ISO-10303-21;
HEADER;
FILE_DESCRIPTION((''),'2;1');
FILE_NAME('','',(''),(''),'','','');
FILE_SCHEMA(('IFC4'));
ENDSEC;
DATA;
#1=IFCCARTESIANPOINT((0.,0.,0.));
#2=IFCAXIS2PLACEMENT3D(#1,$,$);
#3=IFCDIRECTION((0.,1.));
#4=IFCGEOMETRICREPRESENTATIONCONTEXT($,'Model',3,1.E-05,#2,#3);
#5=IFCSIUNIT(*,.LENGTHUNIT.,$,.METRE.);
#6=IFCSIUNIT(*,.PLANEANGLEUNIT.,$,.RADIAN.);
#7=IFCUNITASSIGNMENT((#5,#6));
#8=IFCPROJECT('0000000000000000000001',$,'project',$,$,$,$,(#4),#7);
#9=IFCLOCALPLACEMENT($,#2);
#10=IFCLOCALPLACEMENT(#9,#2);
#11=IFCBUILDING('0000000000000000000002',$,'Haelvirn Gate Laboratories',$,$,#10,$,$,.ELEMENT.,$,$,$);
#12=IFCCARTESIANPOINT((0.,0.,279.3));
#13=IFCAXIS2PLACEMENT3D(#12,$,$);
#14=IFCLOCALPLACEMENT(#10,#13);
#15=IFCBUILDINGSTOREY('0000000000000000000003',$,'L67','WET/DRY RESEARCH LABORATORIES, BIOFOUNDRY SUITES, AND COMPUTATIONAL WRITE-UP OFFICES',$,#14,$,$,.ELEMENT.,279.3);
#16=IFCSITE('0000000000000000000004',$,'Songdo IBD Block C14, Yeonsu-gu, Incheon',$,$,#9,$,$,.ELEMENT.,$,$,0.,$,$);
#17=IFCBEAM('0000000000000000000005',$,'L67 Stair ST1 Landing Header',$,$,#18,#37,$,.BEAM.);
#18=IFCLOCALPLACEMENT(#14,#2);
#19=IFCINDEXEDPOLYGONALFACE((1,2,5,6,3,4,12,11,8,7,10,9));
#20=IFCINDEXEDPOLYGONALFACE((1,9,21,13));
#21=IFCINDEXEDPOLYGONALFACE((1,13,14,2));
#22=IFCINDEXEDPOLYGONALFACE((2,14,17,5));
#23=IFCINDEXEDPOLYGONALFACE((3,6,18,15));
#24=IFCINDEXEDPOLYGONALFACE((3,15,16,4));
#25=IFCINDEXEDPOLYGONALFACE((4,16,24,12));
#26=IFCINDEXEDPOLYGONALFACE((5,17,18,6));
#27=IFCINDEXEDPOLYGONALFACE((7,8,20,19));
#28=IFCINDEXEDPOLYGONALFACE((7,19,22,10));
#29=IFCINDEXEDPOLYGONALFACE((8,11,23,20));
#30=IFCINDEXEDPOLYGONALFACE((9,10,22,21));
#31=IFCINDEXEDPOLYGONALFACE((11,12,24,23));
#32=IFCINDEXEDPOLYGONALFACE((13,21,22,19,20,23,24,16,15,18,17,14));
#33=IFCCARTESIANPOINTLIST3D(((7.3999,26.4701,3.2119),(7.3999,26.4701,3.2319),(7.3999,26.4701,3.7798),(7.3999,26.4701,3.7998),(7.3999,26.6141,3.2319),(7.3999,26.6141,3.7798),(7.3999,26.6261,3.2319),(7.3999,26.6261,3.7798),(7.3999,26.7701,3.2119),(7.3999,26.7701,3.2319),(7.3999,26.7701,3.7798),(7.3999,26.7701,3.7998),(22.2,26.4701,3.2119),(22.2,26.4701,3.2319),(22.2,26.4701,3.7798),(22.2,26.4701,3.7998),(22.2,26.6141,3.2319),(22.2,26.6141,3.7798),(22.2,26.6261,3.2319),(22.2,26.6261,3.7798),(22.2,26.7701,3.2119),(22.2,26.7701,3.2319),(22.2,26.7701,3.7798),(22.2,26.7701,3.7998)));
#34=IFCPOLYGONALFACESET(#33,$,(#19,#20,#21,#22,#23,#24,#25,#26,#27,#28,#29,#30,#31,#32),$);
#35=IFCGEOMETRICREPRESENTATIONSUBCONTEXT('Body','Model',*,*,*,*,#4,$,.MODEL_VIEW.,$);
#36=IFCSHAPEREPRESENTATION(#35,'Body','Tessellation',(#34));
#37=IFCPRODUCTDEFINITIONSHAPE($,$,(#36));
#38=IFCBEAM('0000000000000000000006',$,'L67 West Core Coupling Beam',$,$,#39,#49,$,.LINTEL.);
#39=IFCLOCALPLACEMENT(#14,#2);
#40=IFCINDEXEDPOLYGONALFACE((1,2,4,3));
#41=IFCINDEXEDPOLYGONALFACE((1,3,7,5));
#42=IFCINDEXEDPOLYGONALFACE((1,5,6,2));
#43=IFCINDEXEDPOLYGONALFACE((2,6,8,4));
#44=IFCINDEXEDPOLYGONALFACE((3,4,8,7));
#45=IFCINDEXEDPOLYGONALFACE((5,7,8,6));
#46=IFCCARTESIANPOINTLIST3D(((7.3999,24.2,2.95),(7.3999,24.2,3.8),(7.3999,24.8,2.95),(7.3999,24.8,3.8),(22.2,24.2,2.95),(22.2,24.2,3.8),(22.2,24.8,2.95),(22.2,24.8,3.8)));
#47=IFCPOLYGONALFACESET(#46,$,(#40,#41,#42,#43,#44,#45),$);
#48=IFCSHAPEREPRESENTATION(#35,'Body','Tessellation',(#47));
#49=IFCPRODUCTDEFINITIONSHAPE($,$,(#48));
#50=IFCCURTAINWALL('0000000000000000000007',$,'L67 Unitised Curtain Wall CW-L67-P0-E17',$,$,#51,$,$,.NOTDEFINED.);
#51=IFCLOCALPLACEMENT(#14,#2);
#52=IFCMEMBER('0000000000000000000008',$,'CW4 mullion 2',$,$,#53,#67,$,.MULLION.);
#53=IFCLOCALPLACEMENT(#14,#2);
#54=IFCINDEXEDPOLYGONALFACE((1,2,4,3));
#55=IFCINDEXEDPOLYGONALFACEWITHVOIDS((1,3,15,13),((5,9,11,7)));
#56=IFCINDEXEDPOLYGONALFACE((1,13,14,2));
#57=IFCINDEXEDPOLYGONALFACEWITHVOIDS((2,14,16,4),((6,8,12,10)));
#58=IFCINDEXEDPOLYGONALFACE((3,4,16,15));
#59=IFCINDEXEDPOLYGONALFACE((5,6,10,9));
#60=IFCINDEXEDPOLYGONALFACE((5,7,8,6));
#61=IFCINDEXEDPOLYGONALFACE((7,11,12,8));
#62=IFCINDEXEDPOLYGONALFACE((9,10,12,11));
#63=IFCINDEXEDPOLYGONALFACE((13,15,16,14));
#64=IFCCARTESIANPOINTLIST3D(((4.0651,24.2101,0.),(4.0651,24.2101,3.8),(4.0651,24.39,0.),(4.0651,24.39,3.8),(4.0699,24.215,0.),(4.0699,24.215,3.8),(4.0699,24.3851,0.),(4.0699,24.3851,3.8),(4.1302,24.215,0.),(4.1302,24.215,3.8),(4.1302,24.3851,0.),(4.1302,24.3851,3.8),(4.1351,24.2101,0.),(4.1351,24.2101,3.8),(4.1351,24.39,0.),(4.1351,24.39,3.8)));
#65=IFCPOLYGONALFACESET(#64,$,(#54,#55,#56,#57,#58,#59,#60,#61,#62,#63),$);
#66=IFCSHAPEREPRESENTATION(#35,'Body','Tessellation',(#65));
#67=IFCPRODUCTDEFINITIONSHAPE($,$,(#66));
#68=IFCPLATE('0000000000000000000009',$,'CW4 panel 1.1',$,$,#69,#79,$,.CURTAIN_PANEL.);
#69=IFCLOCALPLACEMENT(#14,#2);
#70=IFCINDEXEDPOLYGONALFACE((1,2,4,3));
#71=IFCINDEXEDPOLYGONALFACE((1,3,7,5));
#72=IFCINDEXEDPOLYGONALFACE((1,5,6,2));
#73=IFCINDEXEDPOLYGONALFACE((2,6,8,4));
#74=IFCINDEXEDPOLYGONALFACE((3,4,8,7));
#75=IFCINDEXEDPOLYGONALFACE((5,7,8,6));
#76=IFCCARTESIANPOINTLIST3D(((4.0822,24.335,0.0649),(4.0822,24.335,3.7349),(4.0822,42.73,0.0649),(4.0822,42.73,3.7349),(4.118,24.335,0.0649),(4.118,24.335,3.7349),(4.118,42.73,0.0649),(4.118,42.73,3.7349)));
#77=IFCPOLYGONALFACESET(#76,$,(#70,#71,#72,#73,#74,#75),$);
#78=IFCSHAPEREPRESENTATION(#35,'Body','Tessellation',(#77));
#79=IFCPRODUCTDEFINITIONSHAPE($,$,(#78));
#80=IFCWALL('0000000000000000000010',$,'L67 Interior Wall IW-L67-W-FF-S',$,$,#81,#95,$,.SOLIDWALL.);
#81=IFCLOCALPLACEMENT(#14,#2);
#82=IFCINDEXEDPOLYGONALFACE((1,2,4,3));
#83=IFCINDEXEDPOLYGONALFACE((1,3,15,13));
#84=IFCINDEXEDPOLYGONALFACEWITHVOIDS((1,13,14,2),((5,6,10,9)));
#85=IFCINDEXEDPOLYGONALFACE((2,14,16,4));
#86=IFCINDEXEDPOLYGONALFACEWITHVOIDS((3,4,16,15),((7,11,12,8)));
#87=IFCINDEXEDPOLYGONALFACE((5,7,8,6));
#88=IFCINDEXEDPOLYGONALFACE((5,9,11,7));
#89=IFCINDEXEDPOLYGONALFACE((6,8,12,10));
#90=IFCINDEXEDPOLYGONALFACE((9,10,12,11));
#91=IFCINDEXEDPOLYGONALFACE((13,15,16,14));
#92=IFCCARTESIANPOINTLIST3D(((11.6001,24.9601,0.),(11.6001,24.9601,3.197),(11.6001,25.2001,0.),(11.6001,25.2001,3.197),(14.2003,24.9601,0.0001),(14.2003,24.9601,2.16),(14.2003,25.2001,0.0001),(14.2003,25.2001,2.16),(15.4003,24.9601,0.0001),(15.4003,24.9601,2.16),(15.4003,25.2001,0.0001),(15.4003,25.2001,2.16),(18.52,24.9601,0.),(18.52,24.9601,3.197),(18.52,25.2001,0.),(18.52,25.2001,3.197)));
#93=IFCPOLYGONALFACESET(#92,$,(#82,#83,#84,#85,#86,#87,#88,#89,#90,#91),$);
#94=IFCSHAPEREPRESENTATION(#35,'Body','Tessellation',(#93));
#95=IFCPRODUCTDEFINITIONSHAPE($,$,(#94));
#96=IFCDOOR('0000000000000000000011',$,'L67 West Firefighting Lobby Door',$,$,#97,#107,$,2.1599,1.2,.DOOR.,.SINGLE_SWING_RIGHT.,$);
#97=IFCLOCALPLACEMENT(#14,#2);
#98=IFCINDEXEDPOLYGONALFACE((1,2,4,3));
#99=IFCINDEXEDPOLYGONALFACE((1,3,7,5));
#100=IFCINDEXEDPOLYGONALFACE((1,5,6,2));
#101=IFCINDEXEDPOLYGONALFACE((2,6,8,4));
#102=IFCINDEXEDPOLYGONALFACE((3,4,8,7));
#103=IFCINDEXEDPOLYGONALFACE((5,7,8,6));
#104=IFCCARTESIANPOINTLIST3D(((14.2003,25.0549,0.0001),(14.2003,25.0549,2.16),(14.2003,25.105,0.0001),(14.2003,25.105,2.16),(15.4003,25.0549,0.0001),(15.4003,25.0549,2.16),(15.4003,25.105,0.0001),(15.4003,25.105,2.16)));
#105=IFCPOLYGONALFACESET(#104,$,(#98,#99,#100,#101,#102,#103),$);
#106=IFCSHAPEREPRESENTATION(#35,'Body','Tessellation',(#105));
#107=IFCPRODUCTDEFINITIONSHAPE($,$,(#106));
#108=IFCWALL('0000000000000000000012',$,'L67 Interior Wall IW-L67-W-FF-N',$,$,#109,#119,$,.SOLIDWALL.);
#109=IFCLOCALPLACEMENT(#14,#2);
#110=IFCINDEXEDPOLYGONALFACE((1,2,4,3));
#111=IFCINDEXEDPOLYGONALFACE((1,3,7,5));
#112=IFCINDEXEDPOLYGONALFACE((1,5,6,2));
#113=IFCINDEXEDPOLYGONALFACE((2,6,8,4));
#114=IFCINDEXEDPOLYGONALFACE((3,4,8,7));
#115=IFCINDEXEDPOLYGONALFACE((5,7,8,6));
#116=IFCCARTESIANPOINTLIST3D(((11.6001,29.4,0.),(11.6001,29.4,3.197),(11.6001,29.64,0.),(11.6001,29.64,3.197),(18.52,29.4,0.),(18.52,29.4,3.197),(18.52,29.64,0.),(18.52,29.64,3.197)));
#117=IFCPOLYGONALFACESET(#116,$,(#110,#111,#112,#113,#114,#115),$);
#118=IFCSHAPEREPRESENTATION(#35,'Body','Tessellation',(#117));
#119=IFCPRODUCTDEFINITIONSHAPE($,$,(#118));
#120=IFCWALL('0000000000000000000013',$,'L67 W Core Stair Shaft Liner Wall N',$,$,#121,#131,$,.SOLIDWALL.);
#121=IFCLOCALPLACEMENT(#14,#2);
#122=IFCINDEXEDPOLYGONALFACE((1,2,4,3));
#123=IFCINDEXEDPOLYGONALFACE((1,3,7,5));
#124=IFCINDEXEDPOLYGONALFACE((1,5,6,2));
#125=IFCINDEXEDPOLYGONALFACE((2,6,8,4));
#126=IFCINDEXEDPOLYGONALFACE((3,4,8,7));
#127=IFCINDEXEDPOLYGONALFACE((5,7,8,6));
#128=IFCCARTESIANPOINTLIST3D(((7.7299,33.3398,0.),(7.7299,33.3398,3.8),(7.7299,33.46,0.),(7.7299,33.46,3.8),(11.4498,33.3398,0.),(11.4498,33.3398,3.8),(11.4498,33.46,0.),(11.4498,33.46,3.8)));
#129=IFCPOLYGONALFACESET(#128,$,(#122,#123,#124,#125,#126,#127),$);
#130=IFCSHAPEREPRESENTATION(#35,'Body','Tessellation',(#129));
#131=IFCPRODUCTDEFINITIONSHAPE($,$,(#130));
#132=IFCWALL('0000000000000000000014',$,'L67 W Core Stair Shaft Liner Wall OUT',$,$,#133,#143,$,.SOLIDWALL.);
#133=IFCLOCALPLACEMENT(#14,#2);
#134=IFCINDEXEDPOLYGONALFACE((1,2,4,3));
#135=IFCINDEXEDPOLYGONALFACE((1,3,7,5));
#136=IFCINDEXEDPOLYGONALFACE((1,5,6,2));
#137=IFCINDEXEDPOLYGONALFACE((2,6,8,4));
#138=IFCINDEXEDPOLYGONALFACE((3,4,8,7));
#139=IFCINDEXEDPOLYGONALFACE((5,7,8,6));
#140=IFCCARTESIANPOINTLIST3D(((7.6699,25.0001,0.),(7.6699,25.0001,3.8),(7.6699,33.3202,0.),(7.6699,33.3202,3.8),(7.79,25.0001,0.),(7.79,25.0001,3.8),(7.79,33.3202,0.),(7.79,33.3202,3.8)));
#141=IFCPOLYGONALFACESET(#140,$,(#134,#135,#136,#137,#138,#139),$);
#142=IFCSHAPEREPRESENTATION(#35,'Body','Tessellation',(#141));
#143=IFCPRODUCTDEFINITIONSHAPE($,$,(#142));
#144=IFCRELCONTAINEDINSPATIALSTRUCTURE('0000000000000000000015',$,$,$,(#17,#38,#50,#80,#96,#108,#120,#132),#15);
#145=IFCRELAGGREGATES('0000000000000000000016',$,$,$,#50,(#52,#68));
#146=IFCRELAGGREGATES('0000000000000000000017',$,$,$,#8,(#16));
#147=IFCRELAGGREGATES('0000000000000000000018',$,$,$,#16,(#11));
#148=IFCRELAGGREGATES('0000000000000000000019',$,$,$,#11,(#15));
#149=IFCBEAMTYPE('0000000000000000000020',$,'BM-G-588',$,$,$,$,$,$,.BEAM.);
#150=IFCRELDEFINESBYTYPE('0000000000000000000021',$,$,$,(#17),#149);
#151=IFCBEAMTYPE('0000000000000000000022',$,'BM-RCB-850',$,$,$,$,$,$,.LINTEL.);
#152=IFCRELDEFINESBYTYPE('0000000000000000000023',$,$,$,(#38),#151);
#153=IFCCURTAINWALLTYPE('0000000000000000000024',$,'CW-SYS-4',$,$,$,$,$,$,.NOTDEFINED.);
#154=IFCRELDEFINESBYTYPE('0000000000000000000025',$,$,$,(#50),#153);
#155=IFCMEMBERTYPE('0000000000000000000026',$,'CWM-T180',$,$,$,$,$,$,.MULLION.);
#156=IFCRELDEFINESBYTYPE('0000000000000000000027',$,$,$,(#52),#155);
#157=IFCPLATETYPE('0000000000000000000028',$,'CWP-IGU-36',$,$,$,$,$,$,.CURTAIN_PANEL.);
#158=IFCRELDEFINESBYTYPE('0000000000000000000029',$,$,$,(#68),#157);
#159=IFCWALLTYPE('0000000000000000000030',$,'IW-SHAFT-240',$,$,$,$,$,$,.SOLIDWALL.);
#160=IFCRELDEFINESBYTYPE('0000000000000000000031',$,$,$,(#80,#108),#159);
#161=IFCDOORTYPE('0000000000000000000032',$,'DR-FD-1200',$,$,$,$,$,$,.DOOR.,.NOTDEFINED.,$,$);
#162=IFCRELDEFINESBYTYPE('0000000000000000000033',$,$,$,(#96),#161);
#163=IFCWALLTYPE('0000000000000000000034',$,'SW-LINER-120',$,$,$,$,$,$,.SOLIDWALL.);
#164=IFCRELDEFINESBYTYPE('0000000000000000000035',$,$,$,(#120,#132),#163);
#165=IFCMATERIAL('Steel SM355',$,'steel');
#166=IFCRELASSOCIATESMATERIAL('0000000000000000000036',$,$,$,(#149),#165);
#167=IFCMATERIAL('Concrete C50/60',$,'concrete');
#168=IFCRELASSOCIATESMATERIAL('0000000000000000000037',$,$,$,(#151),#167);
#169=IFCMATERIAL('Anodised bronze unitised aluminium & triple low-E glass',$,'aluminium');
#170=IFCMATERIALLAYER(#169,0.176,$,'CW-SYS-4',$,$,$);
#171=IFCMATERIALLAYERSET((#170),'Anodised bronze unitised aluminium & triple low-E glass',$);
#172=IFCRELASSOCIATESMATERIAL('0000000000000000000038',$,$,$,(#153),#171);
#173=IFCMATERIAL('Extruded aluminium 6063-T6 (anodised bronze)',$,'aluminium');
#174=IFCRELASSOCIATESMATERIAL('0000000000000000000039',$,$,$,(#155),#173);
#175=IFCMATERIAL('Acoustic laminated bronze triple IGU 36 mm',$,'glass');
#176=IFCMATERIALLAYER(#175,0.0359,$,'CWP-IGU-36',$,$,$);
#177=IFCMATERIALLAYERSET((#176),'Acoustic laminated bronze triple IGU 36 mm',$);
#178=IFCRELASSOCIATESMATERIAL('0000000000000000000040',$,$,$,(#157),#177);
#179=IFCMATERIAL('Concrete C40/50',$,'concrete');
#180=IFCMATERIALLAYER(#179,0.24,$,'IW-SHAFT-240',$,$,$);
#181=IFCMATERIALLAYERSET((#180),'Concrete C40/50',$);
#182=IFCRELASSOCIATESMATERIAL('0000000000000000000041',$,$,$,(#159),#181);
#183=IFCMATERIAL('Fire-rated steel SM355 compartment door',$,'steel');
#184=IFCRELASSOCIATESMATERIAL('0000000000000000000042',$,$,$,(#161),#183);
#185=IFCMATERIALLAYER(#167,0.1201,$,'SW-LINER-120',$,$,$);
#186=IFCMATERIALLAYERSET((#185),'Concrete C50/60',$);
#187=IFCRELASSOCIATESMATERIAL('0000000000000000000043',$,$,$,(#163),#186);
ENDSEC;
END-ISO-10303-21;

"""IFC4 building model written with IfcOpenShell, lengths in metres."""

from ifc_helpers import new_model, si_unit, direction, frame, frame_2d, origin, origin_2d, place, context, subcontext, project, spatial, rectangle, hollow_rectangle, i_section, extrude, source, transform, mapped, material, layer, layer_set, material_profile, profile_set, type_object, type_shapes, element, fill, aggregate, save


model = new_model("IFC4")

# Units and contexts
model_context = context("Model", 3, precision=1e-05, world=origin(), true_north=direction((0.0, 1.0)))
body_context = subcontext(model_context, "Body", "Model", "MODEL_VIEW")
ifc_project = project(units=[si_unit("LENGTHUNIT", "METRE"), si_unit("PLANEANGLEUNIT", "RADIAN")], contexts=[model_context])

# Site, building, storey
site_placement = place(None, origin())
site = spatial("IfcSite", under=ifc_project, at=site_placement, Name="Songdo IBD Block C14, Yeonsu-gu, Incheon", CompositionType="ELEMENT", RefElevation=0.0)
building_placement = place(site_placement, origin())
building = spatial("IfcBuilding", under=site, at=building_placement, Name="Haelvirn Gate Laboratories", CompositionType="ELEMENT")
storey_placement = place(building_placement, frame((0.0, 0.0, 279.3)))
storey = spatial("IfcBuildingStorey", under=building, at=storey_placement, Name="L67", Description="WET/DRY RESEARCH LABORATORIES, BIOFOUNDRY SUITES, AND COMPUTATIONAL WRITE-UP OFFICES", CompositionType="ELEMENT", Elevation=279.3)

# Beams
ifc_material_1 = material(Name="Steel SM355", Category="steel")
ifc_material_profile_1 = material_profile(ifc_material_1, i_section(OverallWidth=0.3, OverallDepth=0.5879, WebThickness=0.012, FlangeThickness=0.02, at=origin_2d()), Name="H-588x300x12x20")
ifc_profile_set_1 = profile_set([ifc_material_profile_1], Name="Steel SM355")
beam_type_1 = type_object("IfcBeamType", Name="BM-G-588", PredefinedType="BEAM", material=ifc_profile_set_1)
shared_shape_1 = source(origin(), body_context, "Body", "SweptSolid", [
    extrude(i_section(OverallWidth=0.3, OverallDepth=0.5879, WebThickness=0.012, FlangeThickness=0.02, at=origin_2d()), origin(), (0.0, 0.0, 1.0), 14.8),
])
type_shapes(beam_type_1, [shared_shape_1])
beam_1_placement = place(storey_placement, frame((7.3999, 26.6201, 3.5059), z_axis=(1.0, 0.0, 0.0), x_axis=(0.0, 1.0, 0.0)))
element("IfcBeam", 1, at=beam_1_placement, inside=storey, type_object=beam_type_1, Name="L67 Stair ST1 Landing Header", PredefinedType="BEAM", context=body_context, shape_type="MappedRepresentation", body=[
    mapped(shared_shape_1, transform((0.0, 0.0, 0.0), scale=1.0)),
])
ifc_material_2 = material(Name="Concrete C50/60", Category="concrete")
ifc_material_profile_2 = material_profile(ifc_material_2, rectangle(XDim=0.6001, YDim=0.8501, at=origin_2d()), Name="RCB-600x850")
ifc_profile_set_2 = profile_set([ifc_material_profile_2], Name="Concrete C50/60")
beam_type_2 = type_object("IfcBeamType", Name="BM-RCB-850", PredefinedType="LINTEL", material=ifc_profile_set_2)
shared_shape_2 = source(origin(), body_context, "Body", "SweptSolid", [
    extrude(rectangle(XDim=0.6001, YDim=0.8501, at=origin_2d()), origin(), (0.0, 0.0, 1.0), 14.8),
])
type_shapes(beam_type_2, [shared_shape_2])
beam_2_placement = place(storey_placement, frame((7.3999, 24.5, 3.375), z_axis=(1.0, 0.0, 0.0), x_axis=(0.0, 1.0, 0.0)))
element("IfcBeam", 2, at=beam_2_placement, inside=storey, type_object=beam_type_2, Name="L67 West Core Coupling Beam", PredefinedType="LINTEL", context=body_context, shape_type="MappedRepresentation", body=[
    mapped(shared_shape_2, transform((0.0, 0.0, 0.0), scale=1.0)),
])

# Curtain wall, member, plate
ifc_material_3 = material(Name="Anodised bronze unitised aluminium & triple low-E glass", Category="aluminium")
ifc_layer_1 = layer(ifc_material_3, 0.176, Name="CW-SYS-4")
ifc_layer_set_1 = layer_set([ifc_layer_1], Name="Anodised bronze unitised aluminium & triple low-E glass")
curtain_wall_type = type_object("IfcCurtainWallType", Name="CW-SYS-4", PredefinedType="NOTDEFINED", material=ifc_layer_set_1)
curtain_wall_placement = place(storey_placement, origin())
curtain_wall = element("IfcCurtainWall", 3, at=curtain_wall_placement, inside=storey, type_object=curtain_wall_type, Name="L67 Unitised Curtain Wall CW-L67-P0-E17", PredefinedType="NOTDEFINED")
ifc_material_4 = material(Name="Extruded aluminium 6063-T6 (anodised bronze)", Category="aluminium")
ifc_material_profile_3 = material_profile(ifc_material_4, hollow_rectangle(XDim=0.0701, YDim=0.1799, WallThickness=0.0049, at=origin_2d()), Name="CWM-180x70x5")
ifc_profile_set_3 = profile_set([ifc_material_profile_3], Name="Extruded aluminium 6063-T6 (anodised bronze)")
member_type = type_object("IfcMemberType", Name="CWM-T180", PredefinedType="MULLION", material=ifc_profile_set_3)
shared_shape_3 = source(origin(), body_context, "Body", "SweptSolid", [
    extrude(hollow_rectangle(XDim=0.0701, YDim=0.1799, WallThickness=0.0049, at=origin_2d()), origin(), (0.0, 0.0, 1.0), 3.8),
])
type_shapes(member_type, [shared_shape_3])
member_placement = place(storey_placement, frame((4.1001, 24.3, 0.0), z_axis=(0.0, 0.0, 1.0), x_axis=(1.0, 0.0, 0.0)))
member = element("IfcMember", 4, at=member_placement, type_object=member_type, Name="CW4 mullion 2", PredefinedType="MULLION", context=body_context, shape_type="MappedRepresentation", body=[
    mapped(shared_shape_3, transform((0.0, 0.0, 0.0), scale=1.0)),
])
ifc_material_5 = material(Name="Acoustic laminated bronze triple IGU 36 mm", Category="glass")
ifc_layer_2 = layer(ifc_material_5, 0.0359, Name="CWP-IGU-36")
ifc_layer_set_2 = layer_set([ifc_layer_2], Name="Acoustic laminated bronze triple IGU 36 mm")
plate_type = type_object("IfcPlateType", Name="CWP-IGU-36", PredefinedType="CURTAIN_PANEL", material=ifc_layer_set_2)
shared_shape_4 = source(origin(), body_context, "Body", "SweptSolid", [
    extrude(rectangle(XDim=18.395, YDim=0.0359, at=origin_2d()), origin(), (0.0, 0.0, 1.0), 3.6699),
])
type_shapes(plate_type, [shared_shape_4])
plate_placement = place(storey_placement, frame((4.1001, 33.5325, 0.0649), z_axis=(0.0, 0.0, 1.0), x_axis=(0.0, -1.0, 0.0)))
plate = element("IfcPlate", 5, at=plate_placement, type_object=plate_type, Name="CW4 panel 1.1", PredefinedType="CURTAIN_PANEL", context=body_context, shape_type="MappedRepresentation", body=[
    mapped(shared_shape_4, transform((0.0, 0.0, 0.0), scale=1.0)),
])
aggregate(curtain_wall, [member, plate])

# Wall, opening, door
ifc_material_6 = material(Name="Concrete C40/50", Category="concrete")
ifc_layer_3 = layer(ifc_material_6, 0.24, Name="IW-SHAFT-240")
ifc_layer_set_3 = layer_set([ifc_layer_3], Name="Concrete C40/50")
wall_type_1 = type_object("IfcWallType", Name="IW-SHAFT-240", PredefinedType="SOLIDWALL", material=ifc_layer_set_3)
wall_1_placement = place(storey_placement, frame((11.6001, 25.0801, 0.0), z_axis=(0.0, 0.0, 1.0), x_axis=(1.0, 0.0, 0.0)))
wall_1 = element("IfcWall", 6, at=wall_1_placement, inside=storey, type_object=wall_type_1, Name="L67 Interior Wall IW-L67-W-FF-S", PredefinedType="SOLIDWALL", context=body_context, shape_type="SweptSolid", body=[
    extrude(rectangle(XDim=6.9199, YDim=0.24, at=frame_2d((3.46, 0.0))), origin(), (0.0, 0.0, 1.0), 3.197),
])
opening_1_placement = place(wall_1_placement, frame((2.6001, 0.0, 0.0)))
opening_1 = element("IfcOpeningElement", 7, at=opening_1_placement, cuts=wall_1, PredefinedType="OPENING", context=body_context, shape_type="SweptSolid", body=[
    extrude(rectangle(XDim=1.2, YDim=2.1599, at=frame_2d((0.6001, 1.0801))), frame((0.0, 0.1299, 0.0), z_axis=(0.0, -1.0, 0.0), x_axis=(1.0, 0.0, 0.0)), (0.0, 0.0, 1.0), 0.26),
])
ifc_material_7 = material(Name="Fire-rated steel SM355 compartment door", Category="steel")
door_type_1 = type_object("IfcDoorType", Name="DR-FD-1200", OperationType="NOTDEFINED", PredefinedType="DOOR", material=ifc_material_7)
shared_shape_5 = source(origin(), body_context, "Body", "SweptSolid", [
    extrude(rectangle(XDim=1.2, YDim=2.1599, at=frame_2d((0.6001, 1.0801))), frame((0.0, 0.0249, 0.0), z_axis=(0.0, -1.0, 0.0), x_axis=(1.0, 0.0, 0.0)), (0.0, 0.0, 1.0), 0.05),
])
type_shapes(door_type_1, [shared_shape_5])
door_1_placement = place(opening_1_placement, origin())
door_1 = element("IfcDoor", 8, at=door_1_placement, inside=storey, type_object=door_type_1, Name="L67 West Firefighting Lobby Door", OperationType="SINGLE_SWING_RIGHT", OverallHeight=2.1599, OverallWidth=1.2, PredefinedType="DOOR", context=body_context, shape_type="MappedRepresentation", body=[
    mapped(shared_shape_5, transform((0.0, 0.0, 0.0), scale=1.0)),
])
fill(opening_1, door_1)

# Wall
wall_2_placement = place(storey_placement, frame((11.6001, 29.52, 0.0), z_axis=(0.0, 0.0, 1.0), x_axis=(1.0, 0.0, 0.0)))
element("IfcWall", 9, at=wall_2_placement, inside=storey, type_object=wall_type_1, Name="L67 Interior Wall IW-L67-W-FF-N", PredefinedType="SOLIDWALL", context=body_context, shape_type="SweptSolid", body=[
    extrude(rectangle(XDim=6.9199, YDim=0.24, at=frame_2d((3.46, 0.0))), origin(), (0.0, 0.0, 1.0), 3.197),
])

# Walls
ifc_layer_4 = layer(ifc_material_2, 0.1201, Name="SW-LINER-120")
ifc_layer_set_4 = layer_set([ifc_layer_4], Name="Concrete C50/60")
wall_type_2 = type_object("IfcWallType", Name="SW-LINER-120", PredefinedType="SOLIDWALL", material=ifc_layer_set_4)
wall_3_placement = place(storey_placement, frame((7.73, 33.3999, 0.0), z_axis=(0.0, 0.0, 1.0), x_axis=(1.0, 0.0, 0.0)))
element("IfcWall", 10, at=wall_3_placement, inside=storey, type_object=wall_type_2, Name="L67 W Core Stair Shaft Liner Wall N", PredefinedType="SOLIDWALL", context=body_context, shape_type="SweptSolid", body=[
    extrude(rectangle(XDim=3.72, YDim=0.1201, at=frame_2d((1.8599, 0.0))), origin(), (0.0, 0.0, 1.0), 3.8),
])
wall_4_placement = place(storey_placement, frame((7.73, 25.0, 0.0), z_axis=(0.0, 0.0, 1.0), x_axis=(0.0, 1.0, 0.0)))
element("IfcWall", 11, at=wall_4_placement, inside=storey, type_object=wall_type_2, Name="L67 W Core Stair Shaft Liner Wall OUT", PredefinedType="SOLIDWALL", context=body_context, shape_type="SweptSolid", body=[
    extrude(rectangle(XDim=8.3201, YDim=0.1201, at=frame_2d((4.1602, 0.0))), origin(), (0.0, 0.0, 1.0), 3.8),
])

save(model, "model.ifc")
